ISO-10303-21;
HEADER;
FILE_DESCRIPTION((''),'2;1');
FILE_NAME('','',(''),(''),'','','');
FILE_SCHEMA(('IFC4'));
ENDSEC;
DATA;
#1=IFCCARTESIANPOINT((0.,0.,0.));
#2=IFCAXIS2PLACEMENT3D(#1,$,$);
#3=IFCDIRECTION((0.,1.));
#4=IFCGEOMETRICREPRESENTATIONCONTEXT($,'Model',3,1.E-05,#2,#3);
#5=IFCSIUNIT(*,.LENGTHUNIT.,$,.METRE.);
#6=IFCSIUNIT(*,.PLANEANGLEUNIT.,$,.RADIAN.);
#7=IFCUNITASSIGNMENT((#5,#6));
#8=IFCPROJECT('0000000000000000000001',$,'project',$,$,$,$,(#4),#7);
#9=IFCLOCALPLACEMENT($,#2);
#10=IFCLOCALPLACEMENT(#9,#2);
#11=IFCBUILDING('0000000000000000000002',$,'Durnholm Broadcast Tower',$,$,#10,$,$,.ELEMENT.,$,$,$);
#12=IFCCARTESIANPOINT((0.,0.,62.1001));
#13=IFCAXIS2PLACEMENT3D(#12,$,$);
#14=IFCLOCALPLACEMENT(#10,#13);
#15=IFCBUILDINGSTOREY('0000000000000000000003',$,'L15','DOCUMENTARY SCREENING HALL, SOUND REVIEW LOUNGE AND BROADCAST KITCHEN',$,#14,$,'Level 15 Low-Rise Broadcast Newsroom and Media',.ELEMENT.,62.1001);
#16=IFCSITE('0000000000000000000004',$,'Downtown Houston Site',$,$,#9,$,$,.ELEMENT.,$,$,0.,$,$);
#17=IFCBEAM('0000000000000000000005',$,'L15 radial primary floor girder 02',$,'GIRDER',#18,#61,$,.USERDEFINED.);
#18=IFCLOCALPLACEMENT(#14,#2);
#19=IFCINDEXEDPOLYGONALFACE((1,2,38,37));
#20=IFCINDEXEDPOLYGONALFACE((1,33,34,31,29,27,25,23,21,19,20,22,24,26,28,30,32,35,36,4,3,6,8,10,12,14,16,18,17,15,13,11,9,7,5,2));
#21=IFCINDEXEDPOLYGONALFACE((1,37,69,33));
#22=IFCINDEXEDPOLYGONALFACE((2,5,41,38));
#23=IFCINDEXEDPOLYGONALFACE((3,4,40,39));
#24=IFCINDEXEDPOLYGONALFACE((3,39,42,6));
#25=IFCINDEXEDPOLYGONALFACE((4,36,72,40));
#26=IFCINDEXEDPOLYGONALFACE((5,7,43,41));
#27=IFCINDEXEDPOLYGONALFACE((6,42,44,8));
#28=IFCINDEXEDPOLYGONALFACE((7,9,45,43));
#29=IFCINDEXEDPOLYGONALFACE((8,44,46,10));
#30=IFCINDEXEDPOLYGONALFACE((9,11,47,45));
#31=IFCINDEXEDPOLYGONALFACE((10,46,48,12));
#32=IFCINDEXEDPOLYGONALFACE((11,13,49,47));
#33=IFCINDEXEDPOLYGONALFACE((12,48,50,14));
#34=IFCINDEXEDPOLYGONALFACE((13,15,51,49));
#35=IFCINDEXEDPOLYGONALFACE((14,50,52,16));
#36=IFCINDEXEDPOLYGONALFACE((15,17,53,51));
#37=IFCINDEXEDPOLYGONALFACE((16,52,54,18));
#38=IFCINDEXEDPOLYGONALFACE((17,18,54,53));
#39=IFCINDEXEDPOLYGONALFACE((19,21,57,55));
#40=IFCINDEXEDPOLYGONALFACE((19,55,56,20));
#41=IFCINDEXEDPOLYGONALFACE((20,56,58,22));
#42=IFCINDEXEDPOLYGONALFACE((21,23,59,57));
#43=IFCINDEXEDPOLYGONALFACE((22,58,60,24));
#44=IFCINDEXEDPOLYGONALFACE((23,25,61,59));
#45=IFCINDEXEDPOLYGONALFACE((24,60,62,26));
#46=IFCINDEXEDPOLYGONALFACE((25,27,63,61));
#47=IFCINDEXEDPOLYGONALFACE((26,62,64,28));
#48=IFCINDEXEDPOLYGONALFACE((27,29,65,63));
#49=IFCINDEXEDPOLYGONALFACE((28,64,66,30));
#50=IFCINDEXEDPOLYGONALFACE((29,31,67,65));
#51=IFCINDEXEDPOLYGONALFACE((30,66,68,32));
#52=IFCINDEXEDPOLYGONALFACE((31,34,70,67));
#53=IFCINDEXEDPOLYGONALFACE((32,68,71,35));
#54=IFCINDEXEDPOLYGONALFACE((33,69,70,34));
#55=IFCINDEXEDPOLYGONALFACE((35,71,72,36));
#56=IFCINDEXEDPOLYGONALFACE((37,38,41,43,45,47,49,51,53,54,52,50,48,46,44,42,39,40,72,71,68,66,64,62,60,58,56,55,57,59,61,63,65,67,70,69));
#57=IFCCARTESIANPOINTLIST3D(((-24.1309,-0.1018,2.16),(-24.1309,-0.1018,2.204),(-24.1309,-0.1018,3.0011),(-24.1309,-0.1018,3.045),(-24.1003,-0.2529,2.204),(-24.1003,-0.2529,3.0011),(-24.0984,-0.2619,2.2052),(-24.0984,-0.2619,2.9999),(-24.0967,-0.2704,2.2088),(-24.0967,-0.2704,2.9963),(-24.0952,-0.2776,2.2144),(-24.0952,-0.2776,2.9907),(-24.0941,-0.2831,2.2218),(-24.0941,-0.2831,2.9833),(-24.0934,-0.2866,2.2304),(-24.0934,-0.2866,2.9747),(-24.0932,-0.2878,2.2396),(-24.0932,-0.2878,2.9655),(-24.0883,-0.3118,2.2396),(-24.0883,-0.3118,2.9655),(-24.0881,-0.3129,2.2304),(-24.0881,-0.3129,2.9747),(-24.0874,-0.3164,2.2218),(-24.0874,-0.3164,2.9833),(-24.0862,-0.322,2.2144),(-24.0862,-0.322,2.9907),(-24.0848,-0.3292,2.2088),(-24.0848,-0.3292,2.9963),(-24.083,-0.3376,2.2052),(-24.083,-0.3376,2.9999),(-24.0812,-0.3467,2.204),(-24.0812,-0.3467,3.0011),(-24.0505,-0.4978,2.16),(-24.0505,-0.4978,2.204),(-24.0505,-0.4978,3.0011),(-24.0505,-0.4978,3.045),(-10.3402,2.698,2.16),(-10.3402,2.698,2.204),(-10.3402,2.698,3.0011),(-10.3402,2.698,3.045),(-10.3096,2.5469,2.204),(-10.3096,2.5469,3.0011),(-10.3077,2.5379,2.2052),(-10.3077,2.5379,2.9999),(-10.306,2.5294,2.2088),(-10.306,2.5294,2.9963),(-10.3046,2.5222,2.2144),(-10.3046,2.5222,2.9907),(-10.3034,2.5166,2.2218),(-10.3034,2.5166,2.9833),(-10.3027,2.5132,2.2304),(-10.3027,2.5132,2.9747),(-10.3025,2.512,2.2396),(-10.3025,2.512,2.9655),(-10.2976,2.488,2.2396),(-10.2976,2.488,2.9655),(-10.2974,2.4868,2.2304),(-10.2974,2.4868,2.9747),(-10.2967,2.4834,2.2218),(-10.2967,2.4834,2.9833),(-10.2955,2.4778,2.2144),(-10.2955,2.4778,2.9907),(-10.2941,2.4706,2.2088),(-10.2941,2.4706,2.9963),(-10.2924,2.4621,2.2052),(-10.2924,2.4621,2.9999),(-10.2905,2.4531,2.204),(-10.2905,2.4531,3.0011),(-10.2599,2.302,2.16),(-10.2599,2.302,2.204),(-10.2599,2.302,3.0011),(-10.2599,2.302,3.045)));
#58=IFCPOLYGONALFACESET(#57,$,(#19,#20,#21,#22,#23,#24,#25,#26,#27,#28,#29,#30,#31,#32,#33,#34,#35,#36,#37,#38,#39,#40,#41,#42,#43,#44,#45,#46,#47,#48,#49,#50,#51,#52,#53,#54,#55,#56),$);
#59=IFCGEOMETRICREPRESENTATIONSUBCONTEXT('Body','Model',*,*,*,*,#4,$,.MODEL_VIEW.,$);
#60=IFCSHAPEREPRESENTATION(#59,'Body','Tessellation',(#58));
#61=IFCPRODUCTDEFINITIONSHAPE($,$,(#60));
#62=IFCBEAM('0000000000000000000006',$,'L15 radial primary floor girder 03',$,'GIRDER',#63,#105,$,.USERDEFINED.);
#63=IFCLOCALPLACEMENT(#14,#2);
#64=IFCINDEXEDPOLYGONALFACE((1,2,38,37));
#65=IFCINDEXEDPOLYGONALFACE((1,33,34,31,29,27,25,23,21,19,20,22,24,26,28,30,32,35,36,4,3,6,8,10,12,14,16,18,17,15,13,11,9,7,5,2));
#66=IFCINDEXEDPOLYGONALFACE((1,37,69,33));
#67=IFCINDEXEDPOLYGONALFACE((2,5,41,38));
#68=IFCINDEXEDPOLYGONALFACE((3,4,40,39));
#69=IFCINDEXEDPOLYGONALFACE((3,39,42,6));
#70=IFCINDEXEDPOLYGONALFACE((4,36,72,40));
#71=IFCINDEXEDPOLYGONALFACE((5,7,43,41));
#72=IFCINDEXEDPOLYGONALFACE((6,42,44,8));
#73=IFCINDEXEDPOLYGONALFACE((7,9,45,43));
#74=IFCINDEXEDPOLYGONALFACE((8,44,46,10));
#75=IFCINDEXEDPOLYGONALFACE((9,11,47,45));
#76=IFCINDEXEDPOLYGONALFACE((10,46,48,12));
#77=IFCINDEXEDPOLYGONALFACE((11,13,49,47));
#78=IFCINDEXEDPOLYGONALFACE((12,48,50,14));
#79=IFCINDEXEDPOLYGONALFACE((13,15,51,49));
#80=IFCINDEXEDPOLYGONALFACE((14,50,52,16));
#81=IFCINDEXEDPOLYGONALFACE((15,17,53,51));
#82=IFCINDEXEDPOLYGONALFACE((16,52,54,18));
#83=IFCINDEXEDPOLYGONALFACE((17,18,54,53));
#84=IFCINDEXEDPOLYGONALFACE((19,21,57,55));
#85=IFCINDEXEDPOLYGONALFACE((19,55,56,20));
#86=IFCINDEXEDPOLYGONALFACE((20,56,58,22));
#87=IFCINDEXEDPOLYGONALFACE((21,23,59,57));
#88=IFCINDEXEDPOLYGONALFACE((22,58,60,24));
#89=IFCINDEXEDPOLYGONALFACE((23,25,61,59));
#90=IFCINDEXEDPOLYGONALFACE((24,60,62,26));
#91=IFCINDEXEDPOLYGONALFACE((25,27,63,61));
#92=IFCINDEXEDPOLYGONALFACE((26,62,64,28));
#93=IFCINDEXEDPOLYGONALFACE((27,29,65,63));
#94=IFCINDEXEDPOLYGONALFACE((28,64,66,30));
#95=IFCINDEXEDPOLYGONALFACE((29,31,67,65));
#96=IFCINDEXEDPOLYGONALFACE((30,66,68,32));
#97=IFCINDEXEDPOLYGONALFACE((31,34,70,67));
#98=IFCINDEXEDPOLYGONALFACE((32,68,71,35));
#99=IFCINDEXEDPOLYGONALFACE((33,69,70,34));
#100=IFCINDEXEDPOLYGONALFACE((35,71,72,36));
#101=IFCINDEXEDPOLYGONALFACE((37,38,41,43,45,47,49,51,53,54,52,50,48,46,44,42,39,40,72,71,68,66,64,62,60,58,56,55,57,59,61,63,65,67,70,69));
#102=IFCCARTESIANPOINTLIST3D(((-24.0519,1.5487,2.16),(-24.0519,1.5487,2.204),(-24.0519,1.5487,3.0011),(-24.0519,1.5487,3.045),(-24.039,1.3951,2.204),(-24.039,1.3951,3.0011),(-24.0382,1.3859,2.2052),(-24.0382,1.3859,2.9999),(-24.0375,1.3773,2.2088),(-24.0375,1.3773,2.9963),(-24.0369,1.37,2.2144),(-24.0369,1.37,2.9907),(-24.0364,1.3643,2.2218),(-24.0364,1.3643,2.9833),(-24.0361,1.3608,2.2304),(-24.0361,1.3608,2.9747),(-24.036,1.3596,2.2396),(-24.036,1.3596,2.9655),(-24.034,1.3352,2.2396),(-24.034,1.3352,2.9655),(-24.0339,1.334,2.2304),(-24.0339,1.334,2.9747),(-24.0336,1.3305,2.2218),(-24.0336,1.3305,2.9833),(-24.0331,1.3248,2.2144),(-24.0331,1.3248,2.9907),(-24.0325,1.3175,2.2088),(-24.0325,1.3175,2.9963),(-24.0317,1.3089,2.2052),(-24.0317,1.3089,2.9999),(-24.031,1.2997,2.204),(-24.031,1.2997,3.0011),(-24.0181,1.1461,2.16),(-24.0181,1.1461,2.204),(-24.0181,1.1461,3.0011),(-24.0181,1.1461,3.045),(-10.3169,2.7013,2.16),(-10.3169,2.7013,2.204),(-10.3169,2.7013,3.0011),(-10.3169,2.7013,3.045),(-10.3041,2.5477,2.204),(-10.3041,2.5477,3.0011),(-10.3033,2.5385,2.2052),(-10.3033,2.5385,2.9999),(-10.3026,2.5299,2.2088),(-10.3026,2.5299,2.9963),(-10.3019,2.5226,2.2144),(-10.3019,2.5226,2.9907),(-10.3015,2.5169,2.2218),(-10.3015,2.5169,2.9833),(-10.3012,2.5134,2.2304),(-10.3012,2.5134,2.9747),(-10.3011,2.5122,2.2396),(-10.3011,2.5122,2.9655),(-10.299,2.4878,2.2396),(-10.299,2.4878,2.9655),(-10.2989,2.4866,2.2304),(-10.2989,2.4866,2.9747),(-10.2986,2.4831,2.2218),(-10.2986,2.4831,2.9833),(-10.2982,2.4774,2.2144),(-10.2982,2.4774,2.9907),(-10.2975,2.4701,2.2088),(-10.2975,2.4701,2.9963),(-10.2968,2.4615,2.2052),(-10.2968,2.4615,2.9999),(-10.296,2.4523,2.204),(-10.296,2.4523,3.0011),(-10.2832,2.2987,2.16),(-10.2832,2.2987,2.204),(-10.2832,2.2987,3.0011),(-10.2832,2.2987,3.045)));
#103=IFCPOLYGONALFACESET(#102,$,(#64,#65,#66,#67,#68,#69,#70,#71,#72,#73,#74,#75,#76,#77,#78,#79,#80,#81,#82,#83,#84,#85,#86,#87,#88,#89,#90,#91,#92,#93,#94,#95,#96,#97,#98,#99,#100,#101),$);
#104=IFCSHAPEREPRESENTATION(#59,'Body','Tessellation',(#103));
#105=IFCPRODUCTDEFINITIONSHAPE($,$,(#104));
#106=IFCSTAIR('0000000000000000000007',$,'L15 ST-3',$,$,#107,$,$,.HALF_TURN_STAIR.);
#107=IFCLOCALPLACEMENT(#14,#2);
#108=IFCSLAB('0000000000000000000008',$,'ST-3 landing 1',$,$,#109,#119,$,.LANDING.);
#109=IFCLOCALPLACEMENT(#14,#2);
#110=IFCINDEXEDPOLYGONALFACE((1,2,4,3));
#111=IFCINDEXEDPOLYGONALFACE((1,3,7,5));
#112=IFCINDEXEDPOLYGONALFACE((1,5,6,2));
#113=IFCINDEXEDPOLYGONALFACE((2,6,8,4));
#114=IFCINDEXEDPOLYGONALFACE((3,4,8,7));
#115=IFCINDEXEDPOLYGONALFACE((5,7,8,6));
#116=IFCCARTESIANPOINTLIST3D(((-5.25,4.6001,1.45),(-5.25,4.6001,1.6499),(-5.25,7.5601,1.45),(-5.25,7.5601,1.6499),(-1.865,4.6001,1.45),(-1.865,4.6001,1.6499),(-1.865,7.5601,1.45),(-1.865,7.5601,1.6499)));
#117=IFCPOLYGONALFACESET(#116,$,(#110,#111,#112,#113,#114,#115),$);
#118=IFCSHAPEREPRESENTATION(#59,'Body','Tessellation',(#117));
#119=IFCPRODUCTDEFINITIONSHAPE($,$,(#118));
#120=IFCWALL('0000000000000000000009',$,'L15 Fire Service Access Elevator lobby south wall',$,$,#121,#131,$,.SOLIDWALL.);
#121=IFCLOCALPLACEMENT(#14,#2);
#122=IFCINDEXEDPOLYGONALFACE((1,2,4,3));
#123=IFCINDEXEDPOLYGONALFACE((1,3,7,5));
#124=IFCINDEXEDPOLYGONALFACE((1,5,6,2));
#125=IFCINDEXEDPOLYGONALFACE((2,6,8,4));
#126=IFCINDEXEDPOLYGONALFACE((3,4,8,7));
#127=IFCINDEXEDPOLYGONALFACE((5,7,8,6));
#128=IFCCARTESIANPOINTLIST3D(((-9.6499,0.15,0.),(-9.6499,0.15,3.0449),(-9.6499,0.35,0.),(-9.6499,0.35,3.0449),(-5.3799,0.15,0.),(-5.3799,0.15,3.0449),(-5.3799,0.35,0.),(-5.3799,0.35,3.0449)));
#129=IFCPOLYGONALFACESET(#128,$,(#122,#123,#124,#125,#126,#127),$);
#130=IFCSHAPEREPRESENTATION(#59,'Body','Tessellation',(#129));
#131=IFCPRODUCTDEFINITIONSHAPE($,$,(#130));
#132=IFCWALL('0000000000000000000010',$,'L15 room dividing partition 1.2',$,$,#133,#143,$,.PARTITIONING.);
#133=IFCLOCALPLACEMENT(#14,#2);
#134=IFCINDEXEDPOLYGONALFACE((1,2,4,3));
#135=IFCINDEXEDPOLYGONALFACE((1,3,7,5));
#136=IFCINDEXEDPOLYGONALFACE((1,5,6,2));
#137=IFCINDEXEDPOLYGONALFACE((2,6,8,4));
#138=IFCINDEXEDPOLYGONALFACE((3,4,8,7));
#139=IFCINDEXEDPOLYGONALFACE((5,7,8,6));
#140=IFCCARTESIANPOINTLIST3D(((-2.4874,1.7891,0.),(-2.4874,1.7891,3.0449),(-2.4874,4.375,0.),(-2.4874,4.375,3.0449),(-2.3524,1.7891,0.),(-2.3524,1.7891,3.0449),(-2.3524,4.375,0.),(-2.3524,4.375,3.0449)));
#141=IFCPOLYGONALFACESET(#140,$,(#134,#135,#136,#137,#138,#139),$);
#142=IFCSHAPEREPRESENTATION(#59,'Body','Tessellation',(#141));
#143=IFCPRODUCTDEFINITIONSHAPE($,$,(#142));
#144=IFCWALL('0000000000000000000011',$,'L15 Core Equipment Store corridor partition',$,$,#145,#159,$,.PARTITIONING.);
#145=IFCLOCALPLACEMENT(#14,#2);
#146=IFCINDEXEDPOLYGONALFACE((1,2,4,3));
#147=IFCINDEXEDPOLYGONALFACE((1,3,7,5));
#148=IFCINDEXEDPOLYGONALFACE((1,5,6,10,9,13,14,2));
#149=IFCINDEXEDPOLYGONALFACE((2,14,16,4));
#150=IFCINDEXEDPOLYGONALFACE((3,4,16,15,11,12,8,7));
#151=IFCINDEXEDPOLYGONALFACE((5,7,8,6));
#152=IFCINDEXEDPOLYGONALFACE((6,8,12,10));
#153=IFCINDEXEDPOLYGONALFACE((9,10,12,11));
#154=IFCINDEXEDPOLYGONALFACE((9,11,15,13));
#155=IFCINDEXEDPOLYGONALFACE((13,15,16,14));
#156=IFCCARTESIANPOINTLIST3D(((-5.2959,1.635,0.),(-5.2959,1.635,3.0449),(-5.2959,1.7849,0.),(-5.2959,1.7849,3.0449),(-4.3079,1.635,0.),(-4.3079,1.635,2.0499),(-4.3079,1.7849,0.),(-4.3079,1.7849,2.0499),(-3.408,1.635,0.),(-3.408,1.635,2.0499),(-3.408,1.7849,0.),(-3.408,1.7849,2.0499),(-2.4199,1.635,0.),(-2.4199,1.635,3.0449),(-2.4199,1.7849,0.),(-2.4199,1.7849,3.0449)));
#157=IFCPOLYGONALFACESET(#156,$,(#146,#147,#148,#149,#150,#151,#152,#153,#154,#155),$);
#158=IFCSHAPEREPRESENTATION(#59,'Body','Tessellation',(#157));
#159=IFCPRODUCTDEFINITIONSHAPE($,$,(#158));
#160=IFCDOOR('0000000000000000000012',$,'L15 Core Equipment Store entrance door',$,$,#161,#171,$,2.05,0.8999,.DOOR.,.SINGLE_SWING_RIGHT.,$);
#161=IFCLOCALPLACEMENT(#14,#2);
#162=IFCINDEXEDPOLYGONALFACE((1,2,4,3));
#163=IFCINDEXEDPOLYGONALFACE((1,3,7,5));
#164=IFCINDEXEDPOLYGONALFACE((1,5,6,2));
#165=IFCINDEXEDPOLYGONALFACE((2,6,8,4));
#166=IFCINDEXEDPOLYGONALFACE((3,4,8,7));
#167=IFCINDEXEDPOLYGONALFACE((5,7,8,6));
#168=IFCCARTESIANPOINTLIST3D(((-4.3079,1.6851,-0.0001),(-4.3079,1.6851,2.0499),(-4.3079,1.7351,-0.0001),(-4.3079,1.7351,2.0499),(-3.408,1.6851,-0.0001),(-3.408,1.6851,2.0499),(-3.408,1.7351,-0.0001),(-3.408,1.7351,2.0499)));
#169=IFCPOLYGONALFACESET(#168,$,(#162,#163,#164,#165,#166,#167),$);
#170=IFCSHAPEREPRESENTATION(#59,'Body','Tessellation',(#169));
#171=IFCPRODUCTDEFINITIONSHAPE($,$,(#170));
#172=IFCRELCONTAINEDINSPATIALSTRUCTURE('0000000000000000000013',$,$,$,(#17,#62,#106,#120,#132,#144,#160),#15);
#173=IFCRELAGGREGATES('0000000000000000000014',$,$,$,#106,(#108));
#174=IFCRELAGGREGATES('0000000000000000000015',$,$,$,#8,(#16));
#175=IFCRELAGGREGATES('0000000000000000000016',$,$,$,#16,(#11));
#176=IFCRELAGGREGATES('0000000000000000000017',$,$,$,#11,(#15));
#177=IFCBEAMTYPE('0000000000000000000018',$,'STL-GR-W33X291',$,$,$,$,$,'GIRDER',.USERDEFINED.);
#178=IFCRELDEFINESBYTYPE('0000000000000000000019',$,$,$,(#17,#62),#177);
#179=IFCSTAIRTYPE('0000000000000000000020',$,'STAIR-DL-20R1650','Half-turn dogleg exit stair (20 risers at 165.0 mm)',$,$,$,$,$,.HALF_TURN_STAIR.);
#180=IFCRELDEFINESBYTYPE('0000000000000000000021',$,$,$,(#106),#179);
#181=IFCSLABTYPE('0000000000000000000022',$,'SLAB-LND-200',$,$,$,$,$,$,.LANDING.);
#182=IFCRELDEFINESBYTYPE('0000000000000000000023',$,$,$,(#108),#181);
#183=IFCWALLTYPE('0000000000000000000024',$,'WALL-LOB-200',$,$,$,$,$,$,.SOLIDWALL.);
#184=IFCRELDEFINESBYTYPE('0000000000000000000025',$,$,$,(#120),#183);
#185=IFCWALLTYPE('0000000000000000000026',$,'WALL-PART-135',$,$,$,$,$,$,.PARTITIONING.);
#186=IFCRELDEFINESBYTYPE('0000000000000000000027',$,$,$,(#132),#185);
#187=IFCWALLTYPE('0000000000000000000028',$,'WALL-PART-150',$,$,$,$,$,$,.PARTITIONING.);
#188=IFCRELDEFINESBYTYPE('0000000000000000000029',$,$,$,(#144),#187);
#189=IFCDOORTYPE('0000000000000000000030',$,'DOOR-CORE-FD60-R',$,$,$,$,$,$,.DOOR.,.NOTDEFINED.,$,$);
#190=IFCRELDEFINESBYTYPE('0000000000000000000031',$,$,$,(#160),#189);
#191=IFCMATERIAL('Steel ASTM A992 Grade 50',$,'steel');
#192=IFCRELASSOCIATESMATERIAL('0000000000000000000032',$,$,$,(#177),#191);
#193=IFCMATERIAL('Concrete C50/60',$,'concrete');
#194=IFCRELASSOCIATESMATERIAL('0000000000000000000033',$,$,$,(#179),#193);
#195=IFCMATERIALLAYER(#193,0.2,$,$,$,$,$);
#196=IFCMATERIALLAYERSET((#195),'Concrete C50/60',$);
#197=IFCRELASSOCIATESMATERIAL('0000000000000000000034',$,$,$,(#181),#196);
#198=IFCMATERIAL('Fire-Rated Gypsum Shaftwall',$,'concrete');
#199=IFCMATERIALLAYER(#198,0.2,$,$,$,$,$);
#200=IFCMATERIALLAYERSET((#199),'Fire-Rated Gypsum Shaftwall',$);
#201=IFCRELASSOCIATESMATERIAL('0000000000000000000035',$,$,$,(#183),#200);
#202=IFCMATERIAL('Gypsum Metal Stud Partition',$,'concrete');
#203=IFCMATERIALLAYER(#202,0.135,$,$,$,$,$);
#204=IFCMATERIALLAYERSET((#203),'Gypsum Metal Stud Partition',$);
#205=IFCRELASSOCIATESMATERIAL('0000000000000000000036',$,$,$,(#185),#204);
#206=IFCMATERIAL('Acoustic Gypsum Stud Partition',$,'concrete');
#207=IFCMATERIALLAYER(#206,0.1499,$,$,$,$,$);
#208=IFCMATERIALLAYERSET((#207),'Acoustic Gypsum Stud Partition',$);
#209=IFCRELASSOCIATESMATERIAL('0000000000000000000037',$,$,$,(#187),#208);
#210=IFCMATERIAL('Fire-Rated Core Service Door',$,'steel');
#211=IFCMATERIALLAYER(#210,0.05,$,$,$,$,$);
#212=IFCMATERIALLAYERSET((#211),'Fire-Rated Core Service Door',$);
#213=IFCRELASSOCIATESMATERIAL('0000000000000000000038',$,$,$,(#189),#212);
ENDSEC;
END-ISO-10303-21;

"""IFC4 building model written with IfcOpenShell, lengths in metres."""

from ifc_helpers import new_model, si_unit, direction, frame, frame_2d, origin, origin_2d, place, context, subcontext, project, spatial, polyline, rectangle, i_section, outline, extrude, source, transform, mapped, material, layer, layer_set, material_profile, profile_set, type_object, type_shapes, element, fill, aggregate, save


model = new_model("IFC4")

# Units and contexts
model_context = context("Model", 3, precision=1e-05, world=origin(), true_north=direction((0.0, 1.0)))
body_context = subcontext(model_context, "Body", "Model", "MODEL_VIEW")
ifc_project = project(units=[si_unit("LENGTHUNIT", "METRE"), si_unit("PLANEANGLEUNIT", "RADIAN")], contexts=[model_context])

# Site, building, storey
site_placement = place(None, origin())
site = spatial("IfcSite", under=ifc_project, at=site_placement, Name="Downtown Houston Site", CompositionType="ELEMENT", RefElevation=0.0)
building_placement = place(site_placement, origin())
building = spatial("IfcBuilding", under=site, at=building_placement, Name="Durnholm Broadcast Tower", CompositionType="ELEMENT")
storey_placement = place(building_placement, frame((0.0, 0.0, 62.1001)))
storey = spatial("IfcBuildingStorey", under=building, at=storey_placement, Name="L15", Description="DOCUMENTARY SCREENING HALL, SOUND REVIEW LOUNGE AND BROADCAST KITCHEN", LongName="Level 15 Low-Rise Broadcast Newsroom and Media", CompositionType="ELEMENT", Elevation=62.1001)

# Beams
ifc_material_1 = material(Name="Steel ASTM A992 Grade 50", Category="steel")
ifc_material_profile = material_profile(ifc_material_1, i_section(OverallWidth=0.4041, OverallDepth=0.885, WebThickness=0.0244, FlangeThickness=0.0439, FilletRadius=0.0356, at=origin_2d()), Name="W33X291")
ifc_profile_set = profile_set([ifc_material_profile], Name="Steel ASTM A992 Grade 50")
beam_type = type_object("IfcBeamType", Name="STL-GR-W33X291", ElementType="GIRDER", PredefinedType="USERDEFINED", material=ifc_profile_set)
shared_shape_1 = source(origin(), body_context, "Body", "SweptSolid", [
    extrude(i_section(OverallWidth=0.4041, OverallDepth=0.885, WebThickness=0.0244, FlangeThickness=0.0439, FilletRadius=0.0356, at=origin_2d()), origin(), (0.0, 0.0, 1.0), 14.072),
])
beam_1_placement = place(storey_placement, frame((-10.3, 2.5, 2.6025), z_axis=(-0.980007, -0.198961, 0.0), x_axis=(0.198961, -0.980007, 0.0)))
element("IfcBeam", 1, at=beam_1_placement, inside=storey, type_object=beam_type, Name="L15 radial primary floor girder 02", ObjectType="GIRDER", PredefinedType="USERDEFINED", context=body_context, shape_type="MappedRepresentation", body=[
    mapped(shared_shape_1, transform((0.0, 0.0, 0.0), x_axis=(1.0, 0.0, 0.0), y_axis=(0.0, 1.0, 0.0), z_axis=(0.0, 0.0, 1.0), scale=1.0)),
])
shared_shape_2 = source(origin(), body_context, "Body", "SweptSolid", [
    extrude(i_section(OverallWidth=0.4041, OverallDepth=0.885, WebThickness=0.0244, FlangeThickness=0.0439, FilletRadius=0.0356, at=origin_2d()), origin(), (0.0, 0.0, 1.0), 13.7832),
])
type_shapes(beam_type, [shared_shape_1, shared_shape_2])
beam_2_placement = place(storey_placement, frame((-10.3, 2.5, 2.6025), z_axis=(-0.996497, -0.083623, 0.0), x_axis=(0.083623, -0.996497, 0.0)))
element("IfcBeam", 2, at=beam_2_placement, inside=storey, type_object=beam_type, Name="L15 radial primary floor girder 03", ObjectType="GIRDER", PredefinedType="USERDEFINED", context=body_context, shape_type="MappedRepresentation", body=[
    mapped(shared_shape_2, transform((0.0, 0.0, 0.0), x_axis=(1.0, 0.0, 0.0), y_axis=(0.0, 1.0, 0.0), z_axis=(0.0, 0.0, 1.0), scale=1.0)),
])

# Stair, slab
ifc_material_2 = material(Name="Concrete C50/60", Category="concrete")
stair_type = type_object("IfcStairType", Name="STAIR-DL-20R1650", Description="Half-turn dogleg exit stair (20 risers at 165.0 mm)", PredefinedType="HALF_TURN_STAIR", material=ifc_material_2)
stair_placement = place(storey_placement, origin())
stair = element("IfcStair", 3, at=stair_placement, inside=storey, type_object=stair_type, Name="L15 ST-3", PredefinedType="HALF_TURN_STAIR")
ifc_layer_1 = layer(ifc_material_2, 0.2)
ifc_layer_set_1 = layer_set([ifc_layer_1], Name="Concrete C50/60")
slab_type = type_object("IfcSlabType", Name="SLAB-LND-200", PredefinedType="LANDING", material=ifc_layer_set_1)
slab_placement = place(storey_placement, frame((0.0, 0.0, 1.45)))
slab = element("IfcSlab", 4, at=slab_placement, type_object=slab_type, Name="ST-3 landing 1", PredefinedType="LANDING", context=body_context, shape_type="SweptSolid", body=[
    extrude(outline(polyline([(-1.865, 7.5601), (-5.25, 7.5601), (-5.25, 4.6001), (-1.865, 4.6001), (-1.865, 7.5601)])), origin(), (0.0, 0.0, 1.0), 0.2),
])

# Wall
ifc_material_3 = material(Name="Fire-Rated Gypsum Shaftwall", Category="concrete")
ifc_layer_2 = layer(ifc_material_3, 0.2)
ifc_layer_set_2 = layer_set([ifc_layer_2], Name="Fire-Rated Gypsum Shaftwall")
wall_type_1 = type_object("IfcWallType", Name="WALL-LOB-200", PredefinedType="SOLIDWALL", material=ifc_layer_set_2)
wall_1_placement = place(storey_placement, frame((-9.6499, 0.25, 0.0), z_axis=(0.0, 0.0, 1.0), x_axis=(1.0, 0.0, 0.0)))
element("IfcWall", 5, at=wall_1_placement, inside=storey, type_object=wall_type_1, Name="L15 Fire Service Access Elevator lobby south wall", PredefinedType="SOLIDWALL", context=body_context, shape_type="SweptSolid", body=[
    extrude(rectangle(XDim=4.27, YDim=0.2, at=frame_2d((2.135, 0.0))), origin(), (0.0, 0.0, 1.0), 3.0449),
])

# Wall
ifc_material_4 = material(Name="Gypsum Metal Stud Partition", Category="concrete")
ifc_layer_3 = layer(ifc_material_4, 0.135)
ifc_layer_set_3 = layer_set([ifc_layer_3], Name="Gypsum Metal Stud Partition")
wall_type_2 = type_object("IfcWallType", Name="WALL-PART-135", PredefinedType="PARTITIONING", material=ifc_layer_set_3)
wall_2_placement = place(storey_placement, frame((-2.4199, 4.375, 0.0), z_axis=(0.0, 0.0, 1.0), x_axis=(0.0, -1.0, 0.0)))
element("IfcWall", 6, at=wall_2_placement, inside=storey, type_object=wall_type_2, Name="L15 room dividing partition 1.2", PredefinedType="PARTITIONING", context=body_context, shape_type="SweptSolid", body=[
    extrude(rectangle(XDim=2.5859, YDim=0.135, at=frame_2d((1.293, 0.0))), origin(), (0.0, 0.0, 1.0), 3.0449),
])

# Wall, opening, door
ifc_material_5 = material(Name="Acoustic Gypsum Stud Partition", Category="concrete")
ifc_layer_4 = layer(ifc_material_5, 0.1499)
ifc_layer_set_4 = layer_set([ifc_layer_4], Name="Acoustic Gypsum Stud Partition")
wall_type_3 = type_object("IfcWallType", Name="WALL-PART-150", PredefinedType="PARTITIONING", material=ifc_layer_set_4)
wall_3_placement = place(storey_placement, frame((-2.4199, 1.71, 0.0), z_axis=(0.0, 0.0, 1.0), x_axis=(-1.0, 0.0, 0.0)))
wall_3 = element("IfcWall", 7, at=wall_3_placement, inside=storey, type_object=wall_type_3, Name="L15 Core Equipment Store corridor partition", PredefinedType="PARTITIONING", context=body_context, shape_type="SweptSolid", body=[
    extrude(rectangle(XDim=2.876, YDim=0.1499, at=frame_2d((1.438, 0.0))), origin(), (0.0, 0.0, 1.0), 3.0449),
])
opening_1_placement = place(wall_3_placement, frame((0.988, 0.0, 0.0)))
opening_1 = element("IfcOpeningElement", 8, at=opening_1_placement, cuts=wall_3, PredefinedType="OPENING", context=body_context, shape_type="SweptSolid", body=[
    extrude(rectangle(XDim=0.8999, YDim=2.05, at=frame_2d((0.45, 1.0249))), frame((0.0, 0.085, 0.0), z_axis=(0.0, -1.0, 0.0), x_axis=(1.0, 0.0, 0.0)), (0.0, 0.0, 1.0), 0.1699),
])
ifc_material_6 = material(Name="Fire-Rated Core Service Door", Category="steel")
ifc_layer_5 = layer(ifc_material_6, 0.05)
ifc_layer_set_5 = layer_set([ifc_layer_5], Name="Fire-Rated Core Service Door")
door_type_1 = type_object("IfcDoorType", Name="DOOR-CORE-FD60-R", OperationType="NOTDEFINED", PredefinedType="DOOR", material=ifc_layer_set_5)
shared_shape_3 = source(origin(), body_context, "Body", "SweptSolid", [
    extrude(rectangle(XDim=0.8999, YDim=2.05, at=frame_2d((0.45, 1.0249))), frame((0.0, 0.0249, 0.0), z_axis=(0.0, -1.0, 0.0), x_axis=(1.0, 0.0, 0.0)), (0.0, 0.0, 1.0), 0.05),
])
type_shapes(door_type_1, [shared_shape_3])
door_1_placement = place(opening_1_placement, origin())
door_1 = element("IfcDoor", 9, at=door_1_placement, inside=storey, type_object=door_type_1, Name="L15 Core Equipment Store entrance door", OperationType="SINGLE_SWING_RIGHT", OverallHeight=2.05, OverallWidth=0.8999, PredefinedType="DOOR", context=body_context, shape_type="MappedRepresentation", body=[
    mapped(shared_shape_3, transform((0.0, 0.0, 0.0), x_axis=(1.0, 0.0, 0.0), y_axis=(0.0, 1.0, 0.0), z_axis=(0.0, 0.0, 1.0), scale=1.0)),
])
fill(opening_1, door_1)

aggregate(stair, [slab])

save(model, "model.ifc")
